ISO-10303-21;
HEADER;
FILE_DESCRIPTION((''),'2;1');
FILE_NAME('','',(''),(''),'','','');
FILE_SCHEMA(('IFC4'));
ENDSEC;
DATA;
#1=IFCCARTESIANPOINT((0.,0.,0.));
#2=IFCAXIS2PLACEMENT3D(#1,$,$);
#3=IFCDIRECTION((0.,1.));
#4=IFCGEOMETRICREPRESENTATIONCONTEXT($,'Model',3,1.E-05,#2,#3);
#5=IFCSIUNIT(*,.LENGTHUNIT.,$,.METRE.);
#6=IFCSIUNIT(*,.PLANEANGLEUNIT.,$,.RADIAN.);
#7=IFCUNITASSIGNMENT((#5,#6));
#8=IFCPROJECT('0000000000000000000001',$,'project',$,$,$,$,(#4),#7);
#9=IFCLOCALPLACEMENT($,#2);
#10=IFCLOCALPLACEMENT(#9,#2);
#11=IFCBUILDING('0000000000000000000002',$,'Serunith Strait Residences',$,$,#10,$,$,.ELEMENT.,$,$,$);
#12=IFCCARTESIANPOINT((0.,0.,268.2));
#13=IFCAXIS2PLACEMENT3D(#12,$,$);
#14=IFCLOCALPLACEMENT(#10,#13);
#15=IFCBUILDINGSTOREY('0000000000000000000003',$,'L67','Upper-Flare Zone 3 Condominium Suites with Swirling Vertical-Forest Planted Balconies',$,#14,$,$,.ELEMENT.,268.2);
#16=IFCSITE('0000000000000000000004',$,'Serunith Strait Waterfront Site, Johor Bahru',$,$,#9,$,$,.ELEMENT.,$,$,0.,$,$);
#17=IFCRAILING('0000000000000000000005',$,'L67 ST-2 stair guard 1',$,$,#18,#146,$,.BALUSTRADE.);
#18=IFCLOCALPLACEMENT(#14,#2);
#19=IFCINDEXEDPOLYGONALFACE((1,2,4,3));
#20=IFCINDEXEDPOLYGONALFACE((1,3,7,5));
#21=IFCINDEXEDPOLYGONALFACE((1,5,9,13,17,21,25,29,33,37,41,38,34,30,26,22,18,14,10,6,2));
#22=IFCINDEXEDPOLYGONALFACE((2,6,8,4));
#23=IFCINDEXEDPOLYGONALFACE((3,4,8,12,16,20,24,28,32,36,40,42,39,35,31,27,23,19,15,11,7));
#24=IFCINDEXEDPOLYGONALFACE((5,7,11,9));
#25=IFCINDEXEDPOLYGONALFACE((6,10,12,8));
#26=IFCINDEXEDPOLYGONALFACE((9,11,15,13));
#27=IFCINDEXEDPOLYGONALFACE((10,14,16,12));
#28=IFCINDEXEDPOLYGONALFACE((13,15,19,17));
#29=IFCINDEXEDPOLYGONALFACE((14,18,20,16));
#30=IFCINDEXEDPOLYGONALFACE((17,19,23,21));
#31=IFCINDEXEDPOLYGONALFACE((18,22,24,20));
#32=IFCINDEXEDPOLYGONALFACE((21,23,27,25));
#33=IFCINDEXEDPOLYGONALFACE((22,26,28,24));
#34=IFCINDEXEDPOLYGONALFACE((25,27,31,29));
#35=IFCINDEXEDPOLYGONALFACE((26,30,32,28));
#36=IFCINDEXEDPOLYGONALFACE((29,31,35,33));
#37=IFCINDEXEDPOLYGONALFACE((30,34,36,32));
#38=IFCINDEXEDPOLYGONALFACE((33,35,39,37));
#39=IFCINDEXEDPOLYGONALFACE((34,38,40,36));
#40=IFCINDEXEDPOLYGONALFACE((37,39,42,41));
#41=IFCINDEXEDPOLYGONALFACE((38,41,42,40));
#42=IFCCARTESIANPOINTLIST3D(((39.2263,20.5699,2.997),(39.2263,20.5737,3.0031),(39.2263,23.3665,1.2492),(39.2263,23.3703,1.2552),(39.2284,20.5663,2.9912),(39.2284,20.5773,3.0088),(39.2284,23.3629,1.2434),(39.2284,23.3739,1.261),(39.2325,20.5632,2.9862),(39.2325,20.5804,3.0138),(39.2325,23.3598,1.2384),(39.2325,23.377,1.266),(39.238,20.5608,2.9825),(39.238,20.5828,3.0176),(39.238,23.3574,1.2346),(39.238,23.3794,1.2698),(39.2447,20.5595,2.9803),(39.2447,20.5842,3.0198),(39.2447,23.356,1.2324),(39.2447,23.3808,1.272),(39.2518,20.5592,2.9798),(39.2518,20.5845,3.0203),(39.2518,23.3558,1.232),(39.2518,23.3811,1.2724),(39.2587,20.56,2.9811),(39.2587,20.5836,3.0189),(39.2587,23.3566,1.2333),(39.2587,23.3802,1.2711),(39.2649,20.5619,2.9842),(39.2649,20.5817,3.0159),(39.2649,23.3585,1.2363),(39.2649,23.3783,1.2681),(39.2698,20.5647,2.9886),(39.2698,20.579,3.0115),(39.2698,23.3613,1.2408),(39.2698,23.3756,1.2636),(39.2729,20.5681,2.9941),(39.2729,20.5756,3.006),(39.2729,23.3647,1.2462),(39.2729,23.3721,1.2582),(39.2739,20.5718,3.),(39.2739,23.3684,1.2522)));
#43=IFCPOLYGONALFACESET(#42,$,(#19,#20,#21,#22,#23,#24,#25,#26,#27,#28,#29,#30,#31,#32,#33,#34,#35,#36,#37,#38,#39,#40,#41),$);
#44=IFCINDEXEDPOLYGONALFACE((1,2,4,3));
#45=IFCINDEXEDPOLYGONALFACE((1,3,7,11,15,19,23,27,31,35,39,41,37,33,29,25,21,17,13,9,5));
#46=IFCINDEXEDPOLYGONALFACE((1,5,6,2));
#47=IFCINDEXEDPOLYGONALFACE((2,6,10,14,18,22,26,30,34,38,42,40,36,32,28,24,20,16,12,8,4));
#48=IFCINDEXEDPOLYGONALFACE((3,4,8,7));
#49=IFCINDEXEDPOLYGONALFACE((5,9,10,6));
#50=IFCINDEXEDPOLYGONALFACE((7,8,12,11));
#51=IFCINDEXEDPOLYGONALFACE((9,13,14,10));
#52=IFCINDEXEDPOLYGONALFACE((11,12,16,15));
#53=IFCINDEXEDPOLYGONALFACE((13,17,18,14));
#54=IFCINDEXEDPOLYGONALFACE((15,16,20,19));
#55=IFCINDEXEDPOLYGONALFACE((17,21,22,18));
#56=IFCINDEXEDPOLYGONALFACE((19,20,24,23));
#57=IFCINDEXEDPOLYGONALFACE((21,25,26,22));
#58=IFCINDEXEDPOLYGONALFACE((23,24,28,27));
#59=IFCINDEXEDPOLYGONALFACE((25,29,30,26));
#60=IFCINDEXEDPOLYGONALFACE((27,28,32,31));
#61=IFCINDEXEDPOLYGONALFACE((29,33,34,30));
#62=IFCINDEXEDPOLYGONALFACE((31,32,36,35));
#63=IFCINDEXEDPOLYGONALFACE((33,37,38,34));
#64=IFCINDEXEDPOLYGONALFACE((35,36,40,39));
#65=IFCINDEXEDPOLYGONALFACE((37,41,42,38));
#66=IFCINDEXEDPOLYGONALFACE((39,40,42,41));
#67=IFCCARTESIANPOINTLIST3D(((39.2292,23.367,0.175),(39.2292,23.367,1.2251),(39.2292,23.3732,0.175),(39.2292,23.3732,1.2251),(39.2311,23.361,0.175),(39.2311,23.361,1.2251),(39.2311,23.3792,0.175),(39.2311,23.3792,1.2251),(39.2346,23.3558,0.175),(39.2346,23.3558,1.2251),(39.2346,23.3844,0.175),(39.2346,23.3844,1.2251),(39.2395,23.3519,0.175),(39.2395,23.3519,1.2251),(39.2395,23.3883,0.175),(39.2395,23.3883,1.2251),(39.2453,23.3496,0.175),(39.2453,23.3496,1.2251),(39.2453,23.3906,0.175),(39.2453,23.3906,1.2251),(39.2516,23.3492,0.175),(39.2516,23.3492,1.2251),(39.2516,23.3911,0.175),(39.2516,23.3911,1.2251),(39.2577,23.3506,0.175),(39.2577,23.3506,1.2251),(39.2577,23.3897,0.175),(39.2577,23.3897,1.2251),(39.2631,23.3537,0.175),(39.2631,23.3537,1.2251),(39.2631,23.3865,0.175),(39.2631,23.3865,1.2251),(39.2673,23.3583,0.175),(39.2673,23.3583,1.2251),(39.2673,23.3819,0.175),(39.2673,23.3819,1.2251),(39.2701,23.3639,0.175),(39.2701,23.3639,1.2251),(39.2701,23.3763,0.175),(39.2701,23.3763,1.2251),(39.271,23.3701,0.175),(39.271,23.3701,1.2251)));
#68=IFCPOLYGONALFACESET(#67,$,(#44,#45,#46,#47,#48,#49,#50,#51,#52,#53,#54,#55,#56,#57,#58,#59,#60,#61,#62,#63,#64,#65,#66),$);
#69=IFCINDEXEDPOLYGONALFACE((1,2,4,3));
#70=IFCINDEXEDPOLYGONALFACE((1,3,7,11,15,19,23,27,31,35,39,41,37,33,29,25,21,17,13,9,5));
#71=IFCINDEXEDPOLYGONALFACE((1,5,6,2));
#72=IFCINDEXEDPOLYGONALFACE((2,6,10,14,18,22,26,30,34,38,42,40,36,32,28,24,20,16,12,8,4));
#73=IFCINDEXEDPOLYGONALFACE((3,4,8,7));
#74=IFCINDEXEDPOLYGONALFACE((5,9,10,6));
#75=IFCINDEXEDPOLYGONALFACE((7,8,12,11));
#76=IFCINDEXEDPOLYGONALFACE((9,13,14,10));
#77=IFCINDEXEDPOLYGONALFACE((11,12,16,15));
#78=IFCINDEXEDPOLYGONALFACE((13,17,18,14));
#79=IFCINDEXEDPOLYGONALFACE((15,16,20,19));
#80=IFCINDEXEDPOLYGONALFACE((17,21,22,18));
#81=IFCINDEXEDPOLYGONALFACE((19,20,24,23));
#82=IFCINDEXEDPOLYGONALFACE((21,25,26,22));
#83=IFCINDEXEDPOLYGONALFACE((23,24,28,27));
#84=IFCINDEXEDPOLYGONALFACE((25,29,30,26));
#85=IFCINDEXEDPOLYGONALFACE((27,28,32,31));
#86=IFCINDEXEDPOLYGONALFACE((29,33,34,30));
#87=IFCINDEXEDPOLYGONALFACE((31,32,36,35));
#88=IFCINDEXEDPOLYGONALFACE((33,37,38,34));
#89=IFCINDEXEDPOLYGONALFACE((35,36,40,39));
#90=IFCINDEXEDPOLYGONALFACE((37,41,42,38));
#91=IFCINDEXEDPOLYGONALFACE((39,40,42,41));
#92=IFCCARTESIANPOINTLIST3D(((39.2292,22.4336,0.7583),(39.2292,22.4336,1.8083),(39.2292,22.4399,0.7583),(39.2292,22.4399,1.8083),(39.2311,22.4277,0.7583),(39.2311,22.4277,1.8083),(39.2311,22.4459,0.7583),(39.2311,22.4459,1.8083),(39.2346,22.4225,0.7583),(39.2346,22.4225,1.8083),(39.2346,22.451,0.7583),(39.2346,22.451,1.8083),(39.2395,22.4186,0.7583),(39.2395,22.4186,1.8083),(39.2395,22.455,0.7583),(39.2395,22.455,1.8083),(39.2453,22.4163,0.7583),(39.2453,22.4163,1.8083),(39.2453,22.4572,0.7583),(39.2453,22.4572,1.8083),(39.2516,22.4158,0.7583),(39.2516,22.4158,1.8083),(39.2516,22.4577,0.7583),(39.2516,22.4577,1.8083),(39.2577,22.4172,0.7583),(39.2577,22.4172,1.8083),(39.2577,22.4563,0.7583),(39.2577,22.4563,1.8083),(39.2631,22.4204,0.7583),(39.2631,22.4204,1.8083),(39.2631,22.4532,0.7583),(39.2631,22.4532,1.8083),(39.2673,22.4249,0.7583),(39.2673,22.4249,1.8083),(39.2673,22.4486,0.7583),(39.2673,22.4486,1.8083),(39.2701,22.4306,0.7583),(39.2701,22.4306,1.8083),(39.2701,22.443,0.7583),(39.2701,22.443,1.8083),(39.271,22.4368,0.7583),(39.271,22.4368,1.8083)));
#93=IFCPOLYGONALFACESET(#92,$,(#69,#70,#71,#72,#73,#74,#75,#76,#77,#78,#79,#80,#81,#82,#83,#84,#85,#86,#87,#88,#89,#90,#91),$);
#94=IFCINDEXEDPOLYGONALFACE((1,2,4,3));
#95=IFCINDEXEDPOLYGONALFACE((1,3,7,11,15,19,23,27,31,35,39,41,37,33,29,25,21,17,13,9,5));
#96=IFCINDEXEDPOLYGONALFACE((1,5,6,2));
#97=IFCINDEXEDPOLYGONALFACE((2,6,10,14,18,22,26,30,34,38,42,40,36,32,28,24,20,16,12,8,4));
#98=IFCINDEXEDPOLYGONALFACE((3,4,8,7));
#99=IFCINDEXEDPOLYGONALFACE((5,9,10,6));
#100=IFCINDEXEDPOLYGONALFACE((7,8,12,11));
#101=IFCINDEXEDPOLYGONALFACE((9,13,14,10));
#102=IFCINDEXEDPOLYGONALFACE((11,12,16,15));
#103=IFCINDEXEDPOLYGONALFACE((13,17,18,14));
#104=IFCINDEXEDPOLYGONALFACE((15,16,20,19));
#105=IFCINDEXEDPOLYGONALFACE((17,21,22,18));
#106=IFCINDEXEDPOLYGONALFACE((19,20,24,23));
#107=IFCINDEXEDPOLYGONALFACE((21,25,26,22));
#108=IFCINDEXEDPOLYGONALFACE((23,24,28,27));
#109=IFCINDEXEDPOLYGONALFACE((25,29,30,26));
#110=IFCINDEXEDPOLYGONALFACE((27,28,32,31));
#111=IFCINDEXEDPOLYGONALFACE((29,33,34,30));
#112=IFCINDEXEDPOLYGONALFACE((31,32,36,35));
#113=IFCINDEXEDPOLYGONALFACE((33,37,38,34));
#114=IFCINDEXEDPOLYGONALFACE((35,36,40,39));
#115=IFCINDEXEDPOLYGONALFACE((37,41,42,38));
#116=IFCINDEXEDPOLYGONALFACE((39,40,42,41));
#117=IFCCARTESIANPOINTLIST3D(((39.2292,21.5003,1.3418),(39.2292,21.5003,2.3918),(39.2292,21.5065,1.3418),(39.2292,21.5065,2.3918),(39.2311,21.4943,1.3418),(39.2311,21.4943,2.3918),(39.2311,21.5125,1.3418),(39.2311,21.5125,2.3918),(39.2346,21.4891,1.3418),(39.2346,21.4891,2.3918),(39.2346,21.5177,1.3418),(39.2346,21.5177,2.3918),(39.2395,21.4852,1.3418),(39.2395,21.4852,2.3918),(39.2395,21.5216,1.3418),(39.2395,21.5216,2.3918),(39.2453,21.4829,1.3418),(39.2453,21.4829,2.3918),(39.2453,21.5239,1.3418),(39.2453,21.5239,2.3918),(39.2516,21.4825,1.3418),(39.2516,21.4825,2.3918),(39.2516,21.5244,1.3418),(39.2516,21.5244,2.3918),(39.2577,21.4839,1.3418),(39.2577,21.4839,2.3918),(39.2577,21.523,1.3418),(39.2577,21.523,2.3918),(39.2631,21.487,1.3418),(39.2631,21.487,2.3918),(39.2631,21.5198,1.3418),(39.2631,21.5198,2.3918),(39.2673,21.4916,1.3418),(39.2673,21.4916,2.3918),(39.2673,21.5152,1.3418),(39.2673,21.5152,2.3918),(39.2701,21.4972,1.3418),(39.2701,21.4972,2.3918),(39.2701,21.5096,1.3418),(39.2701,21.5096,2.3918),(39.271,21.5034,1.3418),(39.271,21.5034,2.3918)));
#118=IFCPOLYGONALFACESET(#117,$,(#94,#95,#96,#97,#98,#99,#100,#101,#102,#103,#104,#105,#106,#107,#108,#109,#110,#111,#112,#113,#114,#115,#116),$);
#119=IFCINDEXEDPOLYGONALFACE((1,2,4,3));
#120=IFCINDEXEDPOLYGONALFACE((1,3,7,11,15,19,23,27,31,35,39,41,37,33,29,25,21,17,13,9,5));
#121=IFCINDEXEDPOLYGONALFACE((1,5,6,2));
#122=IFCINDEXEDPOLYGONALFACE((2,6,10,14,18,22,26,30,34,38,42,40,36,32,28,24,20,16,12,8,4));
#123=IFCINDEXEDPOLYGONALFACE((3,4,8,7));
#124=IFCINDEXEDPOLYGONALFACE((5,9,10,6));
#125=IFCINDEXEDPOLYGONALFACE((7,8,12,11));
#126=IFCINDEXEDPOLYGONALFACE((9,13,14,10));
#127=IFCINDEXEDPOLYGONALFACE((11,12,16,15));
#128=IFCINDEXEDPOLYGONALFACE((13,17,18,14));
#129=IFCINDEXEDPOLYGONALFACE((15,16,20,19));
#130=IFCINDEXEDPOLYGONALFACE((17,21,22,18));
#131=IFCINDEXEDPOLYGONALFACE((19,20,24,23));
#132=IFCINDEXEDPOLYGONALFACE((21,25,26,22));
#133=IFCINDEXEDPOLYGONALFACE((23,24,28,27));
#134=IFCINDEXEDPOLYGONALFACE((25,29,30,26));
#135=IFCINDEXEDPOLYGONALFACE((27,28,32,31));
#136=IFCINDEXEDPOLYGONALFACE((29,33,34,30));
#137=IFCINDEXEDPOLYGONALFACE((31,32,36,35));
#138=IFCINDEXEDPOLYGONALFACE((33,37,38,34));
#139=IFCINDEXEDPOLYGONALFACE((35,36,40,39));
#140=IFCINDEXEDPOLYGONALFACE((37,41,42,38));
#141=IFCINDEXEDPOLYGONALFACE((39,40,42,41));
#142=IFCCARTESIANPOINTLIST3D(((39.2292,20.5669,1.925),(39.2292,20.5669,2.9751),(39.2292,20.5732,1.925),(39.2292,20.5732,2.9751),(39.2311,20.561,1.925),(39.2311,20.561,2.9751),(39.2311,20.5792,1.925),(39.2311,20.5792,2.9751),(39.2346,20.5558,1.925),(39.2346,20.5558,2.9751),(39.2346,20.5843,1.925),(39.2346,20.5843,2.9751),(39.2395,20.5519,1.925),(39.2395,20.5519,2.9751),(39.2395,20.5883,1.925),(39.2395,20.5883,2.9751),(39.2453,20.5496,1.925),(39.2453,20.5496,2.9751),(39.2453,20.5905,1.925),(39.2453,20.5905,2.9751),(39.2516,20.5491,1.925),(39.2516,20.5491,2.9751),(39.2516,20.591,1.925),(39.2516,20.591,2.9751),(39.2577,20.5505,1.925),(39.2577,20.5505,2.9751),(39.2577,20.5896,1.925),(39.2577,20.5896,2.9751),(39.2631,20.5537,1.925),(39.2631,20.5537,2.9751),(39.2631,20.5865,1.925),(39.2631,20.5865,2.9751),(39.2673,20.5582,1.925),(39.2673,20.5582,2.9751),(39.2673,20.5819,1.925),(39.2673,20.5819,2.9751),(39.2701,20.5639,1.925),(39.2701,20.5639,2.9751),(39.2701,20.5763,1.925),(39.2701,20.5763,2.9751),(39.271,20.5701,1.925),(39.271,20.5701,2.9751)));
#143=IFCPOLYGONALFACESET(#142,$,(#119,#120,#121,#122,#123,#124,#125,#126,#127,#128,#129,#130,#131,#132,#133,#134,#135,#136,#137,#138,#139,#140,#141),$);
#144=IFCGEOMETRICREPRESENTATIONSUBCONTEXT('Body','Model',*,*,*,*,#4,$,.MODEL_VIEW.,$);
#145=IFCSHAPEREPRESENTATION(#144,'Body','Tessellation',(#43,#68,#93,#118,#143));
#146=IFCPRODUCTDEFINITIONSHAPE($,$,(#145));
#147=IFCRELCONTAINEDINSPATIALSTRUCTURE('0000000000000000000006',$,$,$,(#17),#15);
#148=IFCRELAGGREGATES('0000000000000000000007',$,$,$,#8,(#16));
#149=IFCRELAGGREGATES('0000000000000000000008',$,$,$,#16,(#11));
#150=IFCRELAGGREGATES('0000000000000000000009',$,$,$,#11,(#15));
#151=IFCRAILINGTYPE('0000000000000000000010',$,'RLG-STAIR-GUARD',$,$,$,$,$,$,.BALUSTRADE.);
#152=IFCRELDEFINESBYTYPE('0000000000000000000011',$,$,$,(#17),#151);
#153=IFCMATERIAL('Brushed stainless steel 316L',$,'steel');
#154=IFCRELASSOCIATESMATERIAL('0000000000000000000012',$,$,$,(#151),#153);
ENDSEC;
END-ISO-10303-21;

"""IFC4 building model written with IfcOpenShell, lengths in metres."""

from ifc_helpers import new_model, si_unit, direction, frame, origin, origin_2d, place, context, subcontext, project, spatial, circle, extrude, material, type_object, element, save


model = new_model("IFC4")

# Units and contexts
model_context = context("Model", 3, precision=1e-05, world=origin(), true_north=direction((0.0, 1.0)))
body_context = subcontext(model_context, "Body", "Model", "MODEL_VIEW")
ifc_project = project(units=[si_unit("LENGTHUNIT", "METRE"), si_unit("PLANEANGLEUNIT", "RADIAN")], contexts=[model_context])

# Site, building, storey
site_placement = place(None, origin())
site = spatial("IfcSite", under=ifc_project, at=site_placement, Name="Serunith Strait Waterfront Site, Johor Bahru", CompositionType="ELEMENT", RefElevation=0.0)
building_placement = place(site_placement, origin())
building = spatial("IfcBuilding", under=site, at=building_placement, Name="Serunith Strait Residences", CompositionType="ELEMENT")
storey_placement = place(building_placement, frame((0.0, 0.0, 268.2)))
storey = spatial("IfcBuildingStorey", under=building, at=storey_placement, Name="L67", Description="Upper-Flare Zone 3 Condominium Suites with Swirling Vertical-Forest Planted Balconies", CompositionType="ELEMENT", Elevation=268.2)

# Railing
ifc_material_1 = material(Name="Brushed stainless steel 316L", Category="steel")
railing_type_1 = type_object("IfcRailingType", Name="RLG-STAIR-GUARD", PredefinedType="BALUSTRADE", material=ifc_material_1)
railing_1_placement = place(storey_placement, frame((39.25, 23.3701, 0.175)))
element("IfcRailing", 1, at=railing_1_placement, inside=storey, type_object=railing_type_1, Name="L67 ST-2 stair guard 1", PredefinedType="BALUSTRADE", context=body_context, shape_type="SweptSolid", body=[
    extrude(circle(Radius=0.0239, at=origin_2d()), frame((0.0, -0.0017, 1.0771), z_axis=(0.0, -0.848002, 0.529992), x_axis=(1.0, 0.0, 0.0)), (0.0, 0.0, 1.0), 3.2979),
    extrude(circle(Radius=0.021, at=origin_2d()), origin(), (0.0, 0.0, 1.0), 1.05),
    extrude(circle(Radius=0.021, at=origin_2d()), frame((0.0, -0.9333, 0.5833)), (0.0, 0.0, 1.0), 1.05),
    extrude(circle(Radius=0.021, at=origin_2d()), frame((0.0, -1.8667, 1.1667)), (0.0, 0.0, 1.0), 1.05),
    extrude(circle(Radius=0.021, at=origin_2d()), frame((0.0, -2.8, 1.75)), (0.0, 0.0, 1.0), 1.05),
])

save(model, "model.ifc")
